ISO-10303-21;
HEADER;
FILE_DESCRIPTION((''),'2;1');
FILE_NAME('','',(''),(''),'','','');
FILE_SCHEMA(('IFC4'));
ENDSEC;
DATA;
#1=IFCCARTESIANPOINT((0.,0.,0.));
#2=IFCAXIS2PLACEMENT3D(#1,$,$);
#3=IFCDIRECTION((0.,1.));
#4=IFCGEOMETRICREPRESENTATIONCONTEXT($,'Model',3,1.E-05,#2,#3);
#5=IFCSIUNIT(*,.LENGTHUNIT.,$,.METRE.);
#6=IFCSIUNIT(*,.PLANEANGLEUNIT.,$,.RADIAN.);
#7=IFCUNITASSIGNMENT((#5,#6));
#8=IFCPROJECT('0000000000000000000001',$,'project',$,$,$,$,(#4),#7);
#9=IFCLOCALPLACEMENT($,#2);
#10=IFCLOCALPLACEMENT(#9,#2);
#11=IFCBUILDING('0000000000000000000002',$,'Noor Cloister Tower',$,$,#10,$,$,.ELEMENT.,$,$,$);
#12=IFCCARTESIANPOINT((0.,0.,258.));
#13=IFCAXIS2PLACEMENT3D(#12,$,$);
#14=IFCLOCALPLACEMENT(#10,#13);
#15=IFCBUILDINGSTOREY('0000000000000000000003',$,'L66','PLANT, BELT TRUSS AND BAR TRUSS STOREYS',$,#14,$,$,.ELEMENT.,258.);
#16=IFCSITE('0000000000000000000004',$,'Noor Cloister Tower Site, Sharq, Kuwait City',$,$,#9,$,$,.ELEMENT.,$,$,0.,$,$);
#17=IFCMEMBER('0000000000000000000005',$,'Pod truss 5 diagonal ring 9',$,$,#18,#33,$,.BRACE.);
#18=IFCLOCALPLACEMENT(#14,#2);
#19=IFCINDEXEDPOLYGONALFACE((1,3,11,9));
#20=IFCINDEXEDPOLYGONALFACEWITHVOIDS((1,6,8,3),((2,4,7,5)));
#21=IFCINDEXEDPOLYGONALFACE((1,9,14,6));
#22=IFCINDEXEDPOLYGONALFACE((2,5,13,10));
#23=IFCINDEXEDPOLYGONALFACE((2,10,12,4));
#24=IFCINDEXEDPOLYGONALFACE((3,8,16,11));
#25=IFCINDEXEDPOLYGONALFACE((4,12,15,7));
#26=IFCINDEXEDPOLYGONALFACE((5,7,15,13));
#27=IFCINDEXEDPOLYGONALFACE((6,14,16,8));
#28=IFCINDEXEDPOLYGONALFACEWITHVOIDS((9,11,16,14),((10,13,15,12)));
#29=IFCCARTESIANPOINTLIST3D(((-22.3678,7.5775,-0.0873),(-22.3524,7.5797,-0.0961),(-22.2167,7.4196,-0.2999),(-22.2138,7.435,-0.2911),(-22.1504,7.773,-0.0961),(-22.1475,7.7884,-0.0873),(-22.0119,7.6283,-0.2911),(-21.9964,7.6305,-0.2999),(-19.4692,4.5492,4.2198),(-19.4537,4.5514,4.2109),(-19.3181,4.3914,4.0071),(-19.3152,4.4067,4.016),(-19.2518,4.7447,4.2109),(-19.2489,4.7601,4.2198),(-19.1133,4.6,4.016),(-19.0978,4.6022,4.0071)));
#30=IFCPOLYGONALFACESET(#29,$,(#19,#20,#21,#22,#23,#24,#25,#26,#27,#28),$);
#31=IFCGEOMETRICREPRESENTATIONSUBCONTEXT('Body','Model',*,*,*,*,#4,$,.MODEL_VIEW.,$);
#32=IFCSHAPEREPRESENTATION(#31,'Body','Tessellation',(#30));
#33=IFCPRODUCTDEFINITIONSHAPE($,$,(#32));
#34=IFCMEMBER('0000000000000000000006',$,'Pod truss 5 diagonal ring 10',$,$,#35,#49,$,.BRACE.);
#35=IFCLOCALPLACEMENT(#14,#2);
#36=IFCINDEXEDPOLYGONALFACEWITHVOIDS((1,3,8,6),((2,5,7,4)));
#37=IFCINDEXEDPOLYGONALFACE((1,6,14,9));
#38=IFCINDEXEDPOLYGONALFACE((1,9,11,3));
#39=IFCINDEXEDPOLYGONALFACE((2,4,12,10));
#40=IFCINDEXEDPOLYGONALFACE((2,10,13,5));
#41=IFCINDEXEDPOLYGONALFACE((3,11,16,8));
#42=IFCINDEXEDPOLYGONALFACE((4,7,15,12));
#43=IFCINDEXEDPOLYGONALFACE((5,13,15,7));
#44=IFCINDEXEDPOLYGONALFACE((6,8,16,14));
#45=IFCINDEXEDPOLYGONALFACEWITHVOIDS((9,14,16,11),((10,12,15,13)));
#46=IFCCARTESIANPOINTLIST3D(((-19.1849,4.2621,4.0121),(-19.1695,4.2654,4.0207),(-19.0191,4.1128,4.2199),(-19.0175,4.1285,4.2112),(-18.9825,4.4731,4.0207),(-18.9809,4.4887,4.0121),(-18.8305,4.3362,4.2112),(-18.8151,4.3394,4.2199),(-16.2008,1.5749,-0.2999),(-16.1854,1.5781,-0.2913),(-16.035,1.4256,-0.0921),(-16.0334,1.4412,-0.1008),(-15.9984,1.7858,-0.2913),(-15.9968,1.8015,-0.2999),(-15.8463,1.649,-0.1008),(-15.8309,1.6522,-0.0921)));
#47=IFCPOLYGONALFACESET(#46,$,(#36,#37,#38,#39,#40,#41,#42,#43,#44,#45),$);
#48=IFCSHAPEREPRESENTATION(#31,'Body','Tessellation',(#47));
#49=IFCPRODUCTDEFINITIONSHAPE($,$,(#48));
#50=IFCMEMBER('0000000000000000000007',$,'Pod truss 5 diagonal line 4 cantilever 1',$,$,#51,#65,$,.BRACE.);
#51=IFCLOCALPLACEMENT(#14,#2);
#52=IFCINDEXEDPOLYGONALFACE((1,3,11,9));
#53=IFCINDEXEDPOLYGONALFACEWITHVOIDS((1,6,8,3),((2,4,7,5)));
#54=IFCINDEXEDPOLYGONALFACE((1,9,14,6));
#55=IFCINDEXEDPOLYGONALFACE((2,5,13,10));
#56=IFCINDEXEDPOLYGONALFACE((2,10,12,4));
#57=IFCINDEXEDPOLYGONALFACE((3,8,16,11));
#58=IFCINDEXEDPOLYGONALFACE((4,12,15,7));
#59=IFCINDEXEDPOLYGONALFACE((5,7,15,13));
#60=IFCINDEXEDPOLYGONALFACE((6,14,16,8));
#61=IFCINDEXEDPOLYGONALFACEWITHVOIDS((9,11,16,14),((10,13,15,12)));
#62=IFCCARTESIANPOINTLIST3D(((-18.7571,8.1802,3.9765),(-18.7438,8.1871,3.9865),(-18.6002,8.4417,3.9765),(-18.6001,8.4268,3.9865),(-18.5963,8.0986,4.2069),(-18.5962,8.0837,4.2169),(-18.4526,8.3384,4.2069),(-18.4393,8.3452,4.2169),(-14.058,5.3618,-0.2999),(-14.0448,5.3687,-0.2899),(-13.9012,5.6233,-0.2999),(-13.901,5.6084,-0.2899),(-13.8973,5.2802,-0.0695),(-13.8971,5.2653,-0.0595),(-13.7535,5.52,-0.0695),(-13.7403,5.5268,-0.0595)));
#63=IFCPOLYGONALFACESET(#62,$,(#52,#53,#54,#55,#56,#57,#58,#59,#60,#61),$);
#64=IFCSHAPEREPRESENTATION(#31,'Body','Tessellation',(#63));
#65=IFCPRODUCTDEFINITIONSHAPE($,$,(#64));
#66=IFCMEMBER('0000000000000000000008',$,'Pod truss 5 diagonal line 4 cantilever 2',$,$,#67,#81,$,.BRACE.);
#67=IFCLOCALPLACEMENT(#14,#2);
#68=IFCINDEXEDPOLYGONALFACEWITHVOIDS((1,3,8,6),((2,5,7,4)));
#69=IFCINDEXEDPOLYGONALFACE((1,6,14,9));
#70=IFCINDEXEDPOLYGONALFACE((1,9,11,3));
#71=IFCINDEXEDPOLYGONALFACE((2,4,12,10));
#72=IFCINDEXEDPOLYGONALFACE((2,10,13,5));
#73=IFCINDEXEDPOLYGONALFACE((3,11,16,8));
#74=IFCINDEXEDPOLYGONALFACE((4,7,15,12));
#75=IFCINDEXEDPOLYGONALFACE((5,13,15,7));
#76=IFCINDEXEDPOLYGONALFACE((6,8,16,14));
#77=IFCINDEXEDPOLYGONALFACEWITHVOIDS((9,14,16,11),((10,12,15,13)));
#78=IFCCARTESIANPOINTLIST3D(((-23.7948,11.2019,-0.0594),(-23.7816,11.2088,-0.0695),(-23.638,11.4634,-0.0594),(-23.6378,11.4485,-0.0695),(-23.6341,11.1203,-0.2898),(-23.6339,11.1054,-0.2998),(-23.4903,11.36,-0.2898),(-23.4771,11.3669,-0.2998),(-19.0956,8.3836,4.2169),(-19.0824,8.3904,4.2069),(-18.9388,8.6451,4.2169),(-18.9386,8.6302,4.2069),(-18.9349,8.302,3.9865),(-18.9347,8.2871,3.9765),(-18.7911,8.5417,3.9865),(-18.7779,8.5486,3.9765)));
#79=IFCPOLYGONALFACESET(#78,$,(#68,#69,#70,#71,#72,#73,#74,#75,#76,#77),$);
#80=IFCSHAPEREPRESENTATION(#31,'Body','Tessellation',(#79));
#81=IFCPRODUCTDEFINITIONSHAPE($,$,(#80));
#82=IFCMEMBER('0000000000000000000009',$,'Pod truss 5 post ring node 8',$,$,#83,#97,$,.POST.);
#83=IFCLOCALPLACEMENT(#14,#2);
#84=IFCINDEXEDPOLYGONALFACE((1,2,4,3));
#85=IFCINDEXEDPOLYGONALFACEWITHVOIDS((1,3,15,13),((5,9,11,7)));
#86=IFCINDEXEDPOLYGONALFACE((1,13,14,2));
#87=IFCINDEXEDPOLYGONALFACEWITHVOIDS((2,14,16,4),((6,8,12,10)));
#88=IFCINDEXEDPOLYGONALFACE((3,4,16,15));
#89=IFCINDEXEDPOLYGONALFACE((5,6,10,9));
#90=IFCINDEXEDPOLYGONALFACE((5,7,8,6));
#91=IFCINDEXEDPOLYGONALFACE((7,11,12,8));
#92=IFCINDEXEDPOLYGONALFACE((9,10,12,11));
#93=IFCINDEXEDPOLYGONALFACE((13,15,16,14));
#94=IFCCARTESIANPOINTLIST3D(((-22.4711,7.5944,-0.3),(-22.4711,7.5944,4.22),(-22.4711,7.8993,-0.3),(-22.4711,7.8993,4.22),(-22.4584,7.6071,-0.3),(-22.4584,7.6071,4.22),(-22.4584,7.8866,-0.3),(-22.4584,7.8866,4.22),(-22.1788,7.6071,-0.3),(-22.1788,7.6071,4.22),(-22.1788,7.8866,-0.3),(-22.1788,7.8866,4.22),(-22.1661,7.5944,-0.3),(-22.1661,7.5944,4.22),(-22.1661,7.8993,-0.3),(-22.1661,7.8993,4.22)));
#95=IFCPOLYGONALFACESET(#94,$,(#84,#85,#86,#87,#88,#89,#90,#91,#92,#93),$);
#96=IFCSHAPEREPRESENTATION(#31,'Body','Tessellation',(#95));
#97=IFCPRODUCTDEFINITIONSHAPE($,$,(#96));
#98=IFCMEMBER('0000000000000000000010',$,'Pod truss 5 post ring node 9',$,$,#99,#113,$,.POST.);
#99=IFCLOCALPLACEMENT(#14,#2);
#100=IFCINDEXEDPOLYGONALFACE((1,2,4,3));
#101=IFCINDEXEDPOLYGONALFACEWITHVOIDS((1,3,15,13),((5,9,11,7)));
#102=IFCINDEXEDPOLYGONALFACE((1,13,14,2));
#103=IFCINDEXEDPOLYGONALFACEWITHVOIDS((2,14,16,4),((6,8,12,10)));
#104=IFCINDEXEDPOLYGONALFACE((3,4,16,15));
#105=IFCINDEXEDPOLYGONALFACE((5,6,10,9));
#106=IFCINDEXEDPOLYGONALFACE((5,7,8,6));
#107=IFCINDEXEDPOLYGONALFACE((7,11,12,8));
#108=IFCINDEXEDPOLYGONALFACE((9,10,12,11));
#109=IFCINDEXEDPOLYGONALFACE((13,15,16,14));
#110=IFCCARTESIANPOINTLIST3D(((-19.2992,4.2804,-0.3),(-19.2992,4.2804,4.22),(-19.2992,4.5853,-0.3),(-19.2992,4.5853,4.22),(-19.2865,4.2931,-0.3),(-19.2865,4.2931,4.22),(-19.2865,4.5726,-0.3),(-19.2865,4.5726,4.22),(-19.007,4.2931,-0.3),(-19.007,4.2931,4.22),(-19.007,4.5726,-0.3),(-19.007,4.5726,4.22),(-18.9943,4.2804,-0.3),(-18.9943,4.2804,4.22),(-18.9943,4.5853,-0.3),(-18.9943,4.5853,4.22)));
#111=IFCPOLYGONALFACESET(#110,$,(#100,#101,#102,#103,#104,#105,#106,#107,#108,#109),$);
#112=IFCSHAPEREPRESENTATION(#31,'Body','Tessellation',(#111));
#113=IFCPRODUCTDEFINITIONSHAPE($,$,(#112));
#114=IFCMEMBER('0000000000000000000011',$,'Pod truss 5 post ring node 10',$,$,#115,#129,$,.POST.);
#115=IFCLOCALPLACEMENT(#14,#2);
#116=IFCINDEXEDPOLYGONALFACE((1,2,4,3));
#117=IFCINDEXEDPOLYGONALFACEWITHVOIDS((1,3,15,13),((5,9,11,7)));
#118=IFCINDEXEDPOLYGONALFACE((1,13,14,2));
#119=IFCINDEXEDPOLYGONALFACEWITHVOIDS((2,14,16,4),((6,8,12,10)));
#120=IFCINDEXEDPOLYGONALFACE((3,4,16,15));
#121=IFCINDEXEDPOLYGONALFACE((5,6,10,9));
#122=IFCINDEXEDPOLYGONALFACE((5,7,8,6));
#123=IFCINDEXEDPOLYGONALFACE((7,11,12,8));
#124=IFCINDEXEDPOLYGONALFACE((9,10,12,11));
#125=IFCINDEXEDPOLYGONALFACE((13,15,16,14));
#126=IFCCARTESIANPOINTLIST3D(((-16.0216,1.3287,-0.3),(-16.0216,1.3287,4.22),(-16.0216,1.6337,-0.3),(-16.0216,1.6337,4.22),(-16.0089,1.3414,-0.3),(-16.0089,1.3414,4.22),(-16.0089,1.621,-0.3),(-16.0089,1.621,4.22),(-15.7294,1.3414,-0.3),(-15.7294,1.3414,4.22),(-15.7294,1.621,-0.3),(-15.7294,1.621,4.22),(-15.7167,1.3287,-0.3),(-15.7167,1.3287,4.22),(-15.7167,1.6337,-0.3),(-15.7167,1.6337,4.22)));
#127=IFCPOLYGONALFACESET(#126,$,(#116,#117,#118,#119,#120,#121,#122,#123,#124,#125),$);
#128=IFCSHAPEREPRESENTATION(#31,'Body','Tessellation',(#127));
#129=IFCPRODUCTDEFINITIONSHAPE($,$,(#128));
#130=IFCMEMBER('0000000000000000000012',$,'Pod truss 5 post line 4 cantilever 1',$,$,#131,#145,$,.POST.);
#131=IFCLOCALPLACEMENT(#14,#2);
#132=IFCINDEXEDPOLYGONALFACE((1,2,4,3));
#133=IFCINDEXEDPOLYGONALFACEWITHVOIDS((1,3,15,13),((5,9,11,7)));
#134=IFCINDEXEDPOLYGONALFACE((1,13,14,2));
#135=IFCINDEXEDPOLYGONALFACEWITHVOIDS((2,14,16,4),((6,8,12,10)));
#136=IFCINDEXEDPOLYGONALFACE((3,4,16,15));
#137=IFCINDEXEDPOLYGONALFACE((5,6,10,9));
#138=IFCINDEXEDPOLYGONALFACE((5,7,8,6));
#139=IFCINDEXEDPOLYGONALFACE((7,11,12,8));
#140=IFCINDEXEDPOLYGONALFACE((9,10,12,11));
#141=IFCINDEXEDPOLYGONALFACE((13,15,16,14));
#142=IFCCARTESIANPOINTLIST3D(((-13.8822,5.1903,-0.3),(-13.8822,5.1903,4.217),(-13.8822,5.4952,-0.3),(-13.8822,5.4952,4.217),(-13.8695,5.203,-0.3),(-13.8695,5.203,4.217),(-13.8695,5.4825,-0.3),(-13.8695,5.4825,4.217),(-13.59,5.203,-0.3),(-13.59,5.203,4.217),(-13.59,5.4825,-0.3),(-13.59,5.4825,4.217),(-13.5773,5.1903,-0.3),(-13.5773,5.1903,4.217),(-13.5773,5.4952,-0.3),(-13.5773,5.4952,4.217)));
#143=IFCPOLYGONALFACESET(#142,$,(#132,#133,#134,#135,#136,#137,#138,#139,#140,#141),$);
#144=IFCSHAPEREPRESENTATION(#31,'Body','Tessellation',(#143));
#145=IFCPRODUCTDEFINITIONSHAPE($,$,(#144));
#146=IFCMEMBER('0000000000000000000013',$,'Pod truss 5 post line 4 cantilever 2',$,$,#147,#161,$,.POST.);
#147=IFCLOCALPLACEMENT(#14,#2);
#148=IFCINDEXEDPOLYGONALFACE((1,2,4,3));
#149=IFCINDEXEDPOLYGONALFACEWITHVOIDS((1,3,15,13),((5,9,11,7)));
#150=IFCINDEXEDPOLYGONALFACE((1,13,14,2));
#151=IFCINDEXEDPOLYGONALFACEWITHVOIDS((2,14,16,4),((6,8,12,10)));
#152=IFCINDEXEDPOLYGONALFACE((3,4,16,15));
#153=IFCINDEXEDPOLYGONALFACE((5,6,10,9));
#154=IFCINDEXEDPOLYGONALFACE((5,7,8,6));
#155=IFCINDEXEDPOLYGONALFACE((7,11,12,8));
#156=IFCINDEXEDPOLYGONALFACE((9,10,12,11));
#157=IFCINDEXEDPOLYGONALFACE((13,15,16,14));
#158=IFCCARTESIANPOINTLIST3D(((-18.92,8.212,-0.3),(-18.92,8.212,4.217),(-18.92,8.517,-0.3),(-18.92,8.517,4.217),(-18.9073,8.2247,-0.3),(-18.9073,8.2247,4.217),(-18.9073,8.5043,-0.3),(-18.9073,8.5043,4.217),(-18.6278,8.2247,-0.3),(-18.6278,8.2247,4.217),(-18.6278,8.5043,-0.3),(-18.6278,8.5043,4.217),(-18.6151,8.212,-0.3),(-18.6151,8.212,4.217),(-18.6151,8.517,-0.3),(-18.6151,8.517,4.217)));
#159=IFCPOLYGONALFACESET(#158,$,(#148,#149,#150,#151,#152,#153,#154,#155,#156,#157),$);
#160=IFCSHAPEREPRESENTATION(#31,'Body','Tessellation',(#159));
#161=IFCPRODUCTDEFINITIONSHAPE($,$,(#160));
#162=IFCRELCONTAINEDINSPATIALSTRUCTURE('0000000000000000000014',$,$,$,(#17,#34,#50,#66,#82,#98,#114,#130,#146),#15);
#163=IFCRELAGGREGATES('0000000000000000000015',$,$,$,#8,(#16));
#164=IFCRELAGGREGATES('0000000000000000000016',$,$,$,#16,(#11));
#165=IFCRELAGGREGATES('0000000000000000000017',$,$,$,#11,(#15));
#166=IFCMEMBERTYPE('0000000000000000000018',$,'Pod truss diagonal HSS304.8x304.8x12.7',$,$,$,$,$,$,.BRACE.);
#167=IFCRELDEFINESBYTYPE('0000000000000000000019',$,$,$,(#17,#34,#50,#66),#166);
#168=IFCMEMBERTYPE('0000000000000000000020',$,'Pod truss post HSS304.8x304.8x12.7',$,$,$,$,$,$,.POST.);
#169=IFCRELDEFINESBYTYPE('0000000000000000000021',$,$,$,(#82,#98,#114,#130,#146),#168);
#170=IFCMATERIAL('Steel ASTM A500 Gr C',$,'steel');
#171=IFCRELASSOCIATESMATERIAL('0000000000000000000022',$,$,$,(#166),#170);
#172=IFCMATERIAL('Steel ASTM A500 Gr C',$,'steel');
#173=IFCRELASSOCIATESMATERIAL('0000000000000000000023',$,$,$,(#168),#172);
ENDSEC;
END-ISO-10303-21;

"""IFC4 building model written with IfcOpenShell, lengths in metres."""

from ifc_helpers import new_model, si_unit, direction, frame, origin, origin_2d, place, context, subcontext, project, spatial, hollow_rectangle, extrude, material, material_profile, profile_set, type_object, element, save


model = new_model("IFC4")

# Units and contexts
model_context = context("Model", 3, precision=1e-05, world=origin(), true_north=direction((0.0, 1.0)))
body_context = subcontext(model_context, "Body", "Model", "MODEL_VIEW")
ifc_project = project(units=[si_unit("LENGTHUNIT", "METRE"), si_unit("PLANEANGLEUNIT", "RADIAN")], contexts=[model_context])

# Site, building, storey
site_placement = place(None, origin())
site = spatial("IfcSite", under=ifc_project, at=site_placement, Name="Noor Cloister Tower Site, Sharq, Kuwait City", CompositionType="ELEMENT", RefElevation=0.0)
building_placement = place(site_placement, origin())
building = spatial("IfcBuilding", under=site, at=building_placement, Name="Noor Cloister Tower", CompositionType="ELEMENT")
storey_placement = place(building_placement, frame((0.0, 0.0, 258.0)))
storey = spatial("IfcBuildingStorey", under=building, at=storey_placement, Name="L66", Description="PLANT, BELT TRUSS AND BAR TRUSS STOREYS", CompositionType="ELEMENT", Elevation=258.0)

# Members
ifc_material_1 = material(Name="Steel ASTM A500 Gr C", Category="steel")
ifc_material_profile_1 = material_profile(ifc_material_1, hollow_rectangle(XDim=0.3049, YDim=0.3049, WallThickness=0.0127, at=origin_2d()), Name="HSS304.8x304.8x12.7")
ifc_profile_set_1 = profile_set([ifc_material_profile_1], Name="Steel ASTM A500 Gr C")
member_type_1 = type_object("IfcMemberType", Name="Pod truss diagonal HSS304.8x304.8x12.7", PredefinedType="BRACE", material=ifc_profile_set_1)
member_1_placement = place(storey_placement, frame((-22.1821, 7.604, -0.1936), z_axis=(0.482281, -0.50385, 0.716617), x_axis=(0.7224, 0.691475, 0.0)))
element("IfcMember", 1, at=member_1_placement, inside=storey, type_object=member_type_1, Name="Pod truss 5 diagonal ring 9", PredefinedType="BRACE", context=body_context, shape_type="SweptSolid", body=[
    extrude(hollow_rectangle(XDim=0.3049, YDim=0.3049, WallThickness=0.0127, at=origin_2d()), origin(), (0.0, 0.0, 1.0), 6.0103),
])
member_2_placement = place(storey_placement, frame((-19.0, 4.3008, 4.116), z_axis=(0.506441, -0.456058, -0.731798), x_axis=(0.669176, 0.743104, 0.0)))
element("IfcMember", 2, at=member_2_placement, inside=storey, type_object=member_type_1, Name="Pod truss 5 diagonal ring 10", PredefinedType="BRACE", context=body_context, shape_type="SweptSolid", body=[
    extrude(hollow_rectangle(XDim=0.3049, YDim=0.3049, WallThickness=0.0127, at=origin_2d()), origin(), (0.0, 0.0, 1.0), 5.8923),
])
for number, where, z_axis, x_axis, name in (
    (3, (-13.8992, 5.4443, -0.1797), (-0.676053, 0.405484, 0.615252), (-0.514358, -0.857575, 0.0), "Pod truss 5 diagonal line 4 cantilever 1"),
    (4, (-18.9368, 8.4661, 4.0967), (-0.676072, 0.405475, -0.615237), (-0.514338, -0.857587, 0.0), "Pod truss 5 diagonal line 4 cantilever 2"),
):
    element("IfcMember", number, at=place(storey_placement, frame(where, z_axis=z_axis, x_axis=x_axis)), inside=storey, type_object=member_type_1, Name=name, PredefinedType="BRACE", context=body_context, shape_type="SweptSolid", body=[
        extrude(hollow_rectangle(XDim=0.3049, YDim=0.3049, WallThickness=0.0127, at=origin_2d()), origin(), (0.0, 0.0, 1.0), 6.9507),
    ])
ifc_material_2 = material(Name="Steel ASTM A500 Gr C", Category="steel")
ifc_material_profile_2 = material_profile(ifc_material_2, hollow_rectangle(XDim=0.3049, YDim=0.3049, WallThickness=0.0127, at=origin_2d()), Name="HSS304.8x304.8x12.7")
ifc_profile_set_2 = profile_set([ifc_material_profile_2], Name="Steel ASTM A500 Gr C")
member_type_2 = type_object("IfcMemberType", Name="Pod truss post HSS304.8x304.8x12.7", PredefinedType="POST", material=ifc_profile_set_2)
for number, where, z_axis, x_axis, name in (
    (5, (-22.3186, 7.7468, -0.3), (0.0, 0.0, 1.0), (1.0, 0.0, 0.0), "Pod truss 5 post ring node 8"),
    (6, (-19.1467, 4.4329, -0.3), (0.0, 0.0, 1.0), (1.0, 0.0, 0.0), "Pod truss 5 post ring node 9"),
    (7, (-15.8691, 1.4812, -0.3), (0.0, 0.0, 1.0), (1.0, 0.0, 0.0), "Pod truss 5 post ring node 10"),
):
    element("IfcMember", number, at=place(storey_placement, frame(where, z_axis=z_axis, x_axis=x_axis)), inside=storey, type_object=member_type_2, Name=name, PredefinedType="POST", context=body_context, shape_type="SweptSolid", body=[
        extrude(hollow_rectangle(XDim=0.3049, YDim=0.3049, WallThickness=0.0127, at=origin_2d()), origin(), (0.0, 0.0, 1.0), 4.52),
    ])
for number, where, z_axis, x_axis, name in (
    (8, (-13.7297, 5.3428, -0.3), (0.0, 0.0, 1.0), (1.0, 0.0, 0.0), "Pod truss 5 post line 4 cantilever 1"),
    (9, (-18.7676, 8.3645, -0.3), (0.0, 0.0, 1.0), (1.0, 0.0, 0.0), "Pod truss 5 post line 4 cantilever 2"),
):
    element("IfcMember", number, at=place(storey_placement, frame(where, z_axis=z_axis, x_axis=x_axis)), inside=storey, type_object=member_type_2, Name=name, PredefinedType="POST", context=body_context, shape_type="SweptSolid", body=[
        extrude(hollow_rectangle(XDim=0.3049, YDim=0.3049, WallThickness=0.0127, at=origin_2d()), origin(), (0.0, 0.0, 1.0), 4.5171),
    ])

save(model, "model.ifc")
